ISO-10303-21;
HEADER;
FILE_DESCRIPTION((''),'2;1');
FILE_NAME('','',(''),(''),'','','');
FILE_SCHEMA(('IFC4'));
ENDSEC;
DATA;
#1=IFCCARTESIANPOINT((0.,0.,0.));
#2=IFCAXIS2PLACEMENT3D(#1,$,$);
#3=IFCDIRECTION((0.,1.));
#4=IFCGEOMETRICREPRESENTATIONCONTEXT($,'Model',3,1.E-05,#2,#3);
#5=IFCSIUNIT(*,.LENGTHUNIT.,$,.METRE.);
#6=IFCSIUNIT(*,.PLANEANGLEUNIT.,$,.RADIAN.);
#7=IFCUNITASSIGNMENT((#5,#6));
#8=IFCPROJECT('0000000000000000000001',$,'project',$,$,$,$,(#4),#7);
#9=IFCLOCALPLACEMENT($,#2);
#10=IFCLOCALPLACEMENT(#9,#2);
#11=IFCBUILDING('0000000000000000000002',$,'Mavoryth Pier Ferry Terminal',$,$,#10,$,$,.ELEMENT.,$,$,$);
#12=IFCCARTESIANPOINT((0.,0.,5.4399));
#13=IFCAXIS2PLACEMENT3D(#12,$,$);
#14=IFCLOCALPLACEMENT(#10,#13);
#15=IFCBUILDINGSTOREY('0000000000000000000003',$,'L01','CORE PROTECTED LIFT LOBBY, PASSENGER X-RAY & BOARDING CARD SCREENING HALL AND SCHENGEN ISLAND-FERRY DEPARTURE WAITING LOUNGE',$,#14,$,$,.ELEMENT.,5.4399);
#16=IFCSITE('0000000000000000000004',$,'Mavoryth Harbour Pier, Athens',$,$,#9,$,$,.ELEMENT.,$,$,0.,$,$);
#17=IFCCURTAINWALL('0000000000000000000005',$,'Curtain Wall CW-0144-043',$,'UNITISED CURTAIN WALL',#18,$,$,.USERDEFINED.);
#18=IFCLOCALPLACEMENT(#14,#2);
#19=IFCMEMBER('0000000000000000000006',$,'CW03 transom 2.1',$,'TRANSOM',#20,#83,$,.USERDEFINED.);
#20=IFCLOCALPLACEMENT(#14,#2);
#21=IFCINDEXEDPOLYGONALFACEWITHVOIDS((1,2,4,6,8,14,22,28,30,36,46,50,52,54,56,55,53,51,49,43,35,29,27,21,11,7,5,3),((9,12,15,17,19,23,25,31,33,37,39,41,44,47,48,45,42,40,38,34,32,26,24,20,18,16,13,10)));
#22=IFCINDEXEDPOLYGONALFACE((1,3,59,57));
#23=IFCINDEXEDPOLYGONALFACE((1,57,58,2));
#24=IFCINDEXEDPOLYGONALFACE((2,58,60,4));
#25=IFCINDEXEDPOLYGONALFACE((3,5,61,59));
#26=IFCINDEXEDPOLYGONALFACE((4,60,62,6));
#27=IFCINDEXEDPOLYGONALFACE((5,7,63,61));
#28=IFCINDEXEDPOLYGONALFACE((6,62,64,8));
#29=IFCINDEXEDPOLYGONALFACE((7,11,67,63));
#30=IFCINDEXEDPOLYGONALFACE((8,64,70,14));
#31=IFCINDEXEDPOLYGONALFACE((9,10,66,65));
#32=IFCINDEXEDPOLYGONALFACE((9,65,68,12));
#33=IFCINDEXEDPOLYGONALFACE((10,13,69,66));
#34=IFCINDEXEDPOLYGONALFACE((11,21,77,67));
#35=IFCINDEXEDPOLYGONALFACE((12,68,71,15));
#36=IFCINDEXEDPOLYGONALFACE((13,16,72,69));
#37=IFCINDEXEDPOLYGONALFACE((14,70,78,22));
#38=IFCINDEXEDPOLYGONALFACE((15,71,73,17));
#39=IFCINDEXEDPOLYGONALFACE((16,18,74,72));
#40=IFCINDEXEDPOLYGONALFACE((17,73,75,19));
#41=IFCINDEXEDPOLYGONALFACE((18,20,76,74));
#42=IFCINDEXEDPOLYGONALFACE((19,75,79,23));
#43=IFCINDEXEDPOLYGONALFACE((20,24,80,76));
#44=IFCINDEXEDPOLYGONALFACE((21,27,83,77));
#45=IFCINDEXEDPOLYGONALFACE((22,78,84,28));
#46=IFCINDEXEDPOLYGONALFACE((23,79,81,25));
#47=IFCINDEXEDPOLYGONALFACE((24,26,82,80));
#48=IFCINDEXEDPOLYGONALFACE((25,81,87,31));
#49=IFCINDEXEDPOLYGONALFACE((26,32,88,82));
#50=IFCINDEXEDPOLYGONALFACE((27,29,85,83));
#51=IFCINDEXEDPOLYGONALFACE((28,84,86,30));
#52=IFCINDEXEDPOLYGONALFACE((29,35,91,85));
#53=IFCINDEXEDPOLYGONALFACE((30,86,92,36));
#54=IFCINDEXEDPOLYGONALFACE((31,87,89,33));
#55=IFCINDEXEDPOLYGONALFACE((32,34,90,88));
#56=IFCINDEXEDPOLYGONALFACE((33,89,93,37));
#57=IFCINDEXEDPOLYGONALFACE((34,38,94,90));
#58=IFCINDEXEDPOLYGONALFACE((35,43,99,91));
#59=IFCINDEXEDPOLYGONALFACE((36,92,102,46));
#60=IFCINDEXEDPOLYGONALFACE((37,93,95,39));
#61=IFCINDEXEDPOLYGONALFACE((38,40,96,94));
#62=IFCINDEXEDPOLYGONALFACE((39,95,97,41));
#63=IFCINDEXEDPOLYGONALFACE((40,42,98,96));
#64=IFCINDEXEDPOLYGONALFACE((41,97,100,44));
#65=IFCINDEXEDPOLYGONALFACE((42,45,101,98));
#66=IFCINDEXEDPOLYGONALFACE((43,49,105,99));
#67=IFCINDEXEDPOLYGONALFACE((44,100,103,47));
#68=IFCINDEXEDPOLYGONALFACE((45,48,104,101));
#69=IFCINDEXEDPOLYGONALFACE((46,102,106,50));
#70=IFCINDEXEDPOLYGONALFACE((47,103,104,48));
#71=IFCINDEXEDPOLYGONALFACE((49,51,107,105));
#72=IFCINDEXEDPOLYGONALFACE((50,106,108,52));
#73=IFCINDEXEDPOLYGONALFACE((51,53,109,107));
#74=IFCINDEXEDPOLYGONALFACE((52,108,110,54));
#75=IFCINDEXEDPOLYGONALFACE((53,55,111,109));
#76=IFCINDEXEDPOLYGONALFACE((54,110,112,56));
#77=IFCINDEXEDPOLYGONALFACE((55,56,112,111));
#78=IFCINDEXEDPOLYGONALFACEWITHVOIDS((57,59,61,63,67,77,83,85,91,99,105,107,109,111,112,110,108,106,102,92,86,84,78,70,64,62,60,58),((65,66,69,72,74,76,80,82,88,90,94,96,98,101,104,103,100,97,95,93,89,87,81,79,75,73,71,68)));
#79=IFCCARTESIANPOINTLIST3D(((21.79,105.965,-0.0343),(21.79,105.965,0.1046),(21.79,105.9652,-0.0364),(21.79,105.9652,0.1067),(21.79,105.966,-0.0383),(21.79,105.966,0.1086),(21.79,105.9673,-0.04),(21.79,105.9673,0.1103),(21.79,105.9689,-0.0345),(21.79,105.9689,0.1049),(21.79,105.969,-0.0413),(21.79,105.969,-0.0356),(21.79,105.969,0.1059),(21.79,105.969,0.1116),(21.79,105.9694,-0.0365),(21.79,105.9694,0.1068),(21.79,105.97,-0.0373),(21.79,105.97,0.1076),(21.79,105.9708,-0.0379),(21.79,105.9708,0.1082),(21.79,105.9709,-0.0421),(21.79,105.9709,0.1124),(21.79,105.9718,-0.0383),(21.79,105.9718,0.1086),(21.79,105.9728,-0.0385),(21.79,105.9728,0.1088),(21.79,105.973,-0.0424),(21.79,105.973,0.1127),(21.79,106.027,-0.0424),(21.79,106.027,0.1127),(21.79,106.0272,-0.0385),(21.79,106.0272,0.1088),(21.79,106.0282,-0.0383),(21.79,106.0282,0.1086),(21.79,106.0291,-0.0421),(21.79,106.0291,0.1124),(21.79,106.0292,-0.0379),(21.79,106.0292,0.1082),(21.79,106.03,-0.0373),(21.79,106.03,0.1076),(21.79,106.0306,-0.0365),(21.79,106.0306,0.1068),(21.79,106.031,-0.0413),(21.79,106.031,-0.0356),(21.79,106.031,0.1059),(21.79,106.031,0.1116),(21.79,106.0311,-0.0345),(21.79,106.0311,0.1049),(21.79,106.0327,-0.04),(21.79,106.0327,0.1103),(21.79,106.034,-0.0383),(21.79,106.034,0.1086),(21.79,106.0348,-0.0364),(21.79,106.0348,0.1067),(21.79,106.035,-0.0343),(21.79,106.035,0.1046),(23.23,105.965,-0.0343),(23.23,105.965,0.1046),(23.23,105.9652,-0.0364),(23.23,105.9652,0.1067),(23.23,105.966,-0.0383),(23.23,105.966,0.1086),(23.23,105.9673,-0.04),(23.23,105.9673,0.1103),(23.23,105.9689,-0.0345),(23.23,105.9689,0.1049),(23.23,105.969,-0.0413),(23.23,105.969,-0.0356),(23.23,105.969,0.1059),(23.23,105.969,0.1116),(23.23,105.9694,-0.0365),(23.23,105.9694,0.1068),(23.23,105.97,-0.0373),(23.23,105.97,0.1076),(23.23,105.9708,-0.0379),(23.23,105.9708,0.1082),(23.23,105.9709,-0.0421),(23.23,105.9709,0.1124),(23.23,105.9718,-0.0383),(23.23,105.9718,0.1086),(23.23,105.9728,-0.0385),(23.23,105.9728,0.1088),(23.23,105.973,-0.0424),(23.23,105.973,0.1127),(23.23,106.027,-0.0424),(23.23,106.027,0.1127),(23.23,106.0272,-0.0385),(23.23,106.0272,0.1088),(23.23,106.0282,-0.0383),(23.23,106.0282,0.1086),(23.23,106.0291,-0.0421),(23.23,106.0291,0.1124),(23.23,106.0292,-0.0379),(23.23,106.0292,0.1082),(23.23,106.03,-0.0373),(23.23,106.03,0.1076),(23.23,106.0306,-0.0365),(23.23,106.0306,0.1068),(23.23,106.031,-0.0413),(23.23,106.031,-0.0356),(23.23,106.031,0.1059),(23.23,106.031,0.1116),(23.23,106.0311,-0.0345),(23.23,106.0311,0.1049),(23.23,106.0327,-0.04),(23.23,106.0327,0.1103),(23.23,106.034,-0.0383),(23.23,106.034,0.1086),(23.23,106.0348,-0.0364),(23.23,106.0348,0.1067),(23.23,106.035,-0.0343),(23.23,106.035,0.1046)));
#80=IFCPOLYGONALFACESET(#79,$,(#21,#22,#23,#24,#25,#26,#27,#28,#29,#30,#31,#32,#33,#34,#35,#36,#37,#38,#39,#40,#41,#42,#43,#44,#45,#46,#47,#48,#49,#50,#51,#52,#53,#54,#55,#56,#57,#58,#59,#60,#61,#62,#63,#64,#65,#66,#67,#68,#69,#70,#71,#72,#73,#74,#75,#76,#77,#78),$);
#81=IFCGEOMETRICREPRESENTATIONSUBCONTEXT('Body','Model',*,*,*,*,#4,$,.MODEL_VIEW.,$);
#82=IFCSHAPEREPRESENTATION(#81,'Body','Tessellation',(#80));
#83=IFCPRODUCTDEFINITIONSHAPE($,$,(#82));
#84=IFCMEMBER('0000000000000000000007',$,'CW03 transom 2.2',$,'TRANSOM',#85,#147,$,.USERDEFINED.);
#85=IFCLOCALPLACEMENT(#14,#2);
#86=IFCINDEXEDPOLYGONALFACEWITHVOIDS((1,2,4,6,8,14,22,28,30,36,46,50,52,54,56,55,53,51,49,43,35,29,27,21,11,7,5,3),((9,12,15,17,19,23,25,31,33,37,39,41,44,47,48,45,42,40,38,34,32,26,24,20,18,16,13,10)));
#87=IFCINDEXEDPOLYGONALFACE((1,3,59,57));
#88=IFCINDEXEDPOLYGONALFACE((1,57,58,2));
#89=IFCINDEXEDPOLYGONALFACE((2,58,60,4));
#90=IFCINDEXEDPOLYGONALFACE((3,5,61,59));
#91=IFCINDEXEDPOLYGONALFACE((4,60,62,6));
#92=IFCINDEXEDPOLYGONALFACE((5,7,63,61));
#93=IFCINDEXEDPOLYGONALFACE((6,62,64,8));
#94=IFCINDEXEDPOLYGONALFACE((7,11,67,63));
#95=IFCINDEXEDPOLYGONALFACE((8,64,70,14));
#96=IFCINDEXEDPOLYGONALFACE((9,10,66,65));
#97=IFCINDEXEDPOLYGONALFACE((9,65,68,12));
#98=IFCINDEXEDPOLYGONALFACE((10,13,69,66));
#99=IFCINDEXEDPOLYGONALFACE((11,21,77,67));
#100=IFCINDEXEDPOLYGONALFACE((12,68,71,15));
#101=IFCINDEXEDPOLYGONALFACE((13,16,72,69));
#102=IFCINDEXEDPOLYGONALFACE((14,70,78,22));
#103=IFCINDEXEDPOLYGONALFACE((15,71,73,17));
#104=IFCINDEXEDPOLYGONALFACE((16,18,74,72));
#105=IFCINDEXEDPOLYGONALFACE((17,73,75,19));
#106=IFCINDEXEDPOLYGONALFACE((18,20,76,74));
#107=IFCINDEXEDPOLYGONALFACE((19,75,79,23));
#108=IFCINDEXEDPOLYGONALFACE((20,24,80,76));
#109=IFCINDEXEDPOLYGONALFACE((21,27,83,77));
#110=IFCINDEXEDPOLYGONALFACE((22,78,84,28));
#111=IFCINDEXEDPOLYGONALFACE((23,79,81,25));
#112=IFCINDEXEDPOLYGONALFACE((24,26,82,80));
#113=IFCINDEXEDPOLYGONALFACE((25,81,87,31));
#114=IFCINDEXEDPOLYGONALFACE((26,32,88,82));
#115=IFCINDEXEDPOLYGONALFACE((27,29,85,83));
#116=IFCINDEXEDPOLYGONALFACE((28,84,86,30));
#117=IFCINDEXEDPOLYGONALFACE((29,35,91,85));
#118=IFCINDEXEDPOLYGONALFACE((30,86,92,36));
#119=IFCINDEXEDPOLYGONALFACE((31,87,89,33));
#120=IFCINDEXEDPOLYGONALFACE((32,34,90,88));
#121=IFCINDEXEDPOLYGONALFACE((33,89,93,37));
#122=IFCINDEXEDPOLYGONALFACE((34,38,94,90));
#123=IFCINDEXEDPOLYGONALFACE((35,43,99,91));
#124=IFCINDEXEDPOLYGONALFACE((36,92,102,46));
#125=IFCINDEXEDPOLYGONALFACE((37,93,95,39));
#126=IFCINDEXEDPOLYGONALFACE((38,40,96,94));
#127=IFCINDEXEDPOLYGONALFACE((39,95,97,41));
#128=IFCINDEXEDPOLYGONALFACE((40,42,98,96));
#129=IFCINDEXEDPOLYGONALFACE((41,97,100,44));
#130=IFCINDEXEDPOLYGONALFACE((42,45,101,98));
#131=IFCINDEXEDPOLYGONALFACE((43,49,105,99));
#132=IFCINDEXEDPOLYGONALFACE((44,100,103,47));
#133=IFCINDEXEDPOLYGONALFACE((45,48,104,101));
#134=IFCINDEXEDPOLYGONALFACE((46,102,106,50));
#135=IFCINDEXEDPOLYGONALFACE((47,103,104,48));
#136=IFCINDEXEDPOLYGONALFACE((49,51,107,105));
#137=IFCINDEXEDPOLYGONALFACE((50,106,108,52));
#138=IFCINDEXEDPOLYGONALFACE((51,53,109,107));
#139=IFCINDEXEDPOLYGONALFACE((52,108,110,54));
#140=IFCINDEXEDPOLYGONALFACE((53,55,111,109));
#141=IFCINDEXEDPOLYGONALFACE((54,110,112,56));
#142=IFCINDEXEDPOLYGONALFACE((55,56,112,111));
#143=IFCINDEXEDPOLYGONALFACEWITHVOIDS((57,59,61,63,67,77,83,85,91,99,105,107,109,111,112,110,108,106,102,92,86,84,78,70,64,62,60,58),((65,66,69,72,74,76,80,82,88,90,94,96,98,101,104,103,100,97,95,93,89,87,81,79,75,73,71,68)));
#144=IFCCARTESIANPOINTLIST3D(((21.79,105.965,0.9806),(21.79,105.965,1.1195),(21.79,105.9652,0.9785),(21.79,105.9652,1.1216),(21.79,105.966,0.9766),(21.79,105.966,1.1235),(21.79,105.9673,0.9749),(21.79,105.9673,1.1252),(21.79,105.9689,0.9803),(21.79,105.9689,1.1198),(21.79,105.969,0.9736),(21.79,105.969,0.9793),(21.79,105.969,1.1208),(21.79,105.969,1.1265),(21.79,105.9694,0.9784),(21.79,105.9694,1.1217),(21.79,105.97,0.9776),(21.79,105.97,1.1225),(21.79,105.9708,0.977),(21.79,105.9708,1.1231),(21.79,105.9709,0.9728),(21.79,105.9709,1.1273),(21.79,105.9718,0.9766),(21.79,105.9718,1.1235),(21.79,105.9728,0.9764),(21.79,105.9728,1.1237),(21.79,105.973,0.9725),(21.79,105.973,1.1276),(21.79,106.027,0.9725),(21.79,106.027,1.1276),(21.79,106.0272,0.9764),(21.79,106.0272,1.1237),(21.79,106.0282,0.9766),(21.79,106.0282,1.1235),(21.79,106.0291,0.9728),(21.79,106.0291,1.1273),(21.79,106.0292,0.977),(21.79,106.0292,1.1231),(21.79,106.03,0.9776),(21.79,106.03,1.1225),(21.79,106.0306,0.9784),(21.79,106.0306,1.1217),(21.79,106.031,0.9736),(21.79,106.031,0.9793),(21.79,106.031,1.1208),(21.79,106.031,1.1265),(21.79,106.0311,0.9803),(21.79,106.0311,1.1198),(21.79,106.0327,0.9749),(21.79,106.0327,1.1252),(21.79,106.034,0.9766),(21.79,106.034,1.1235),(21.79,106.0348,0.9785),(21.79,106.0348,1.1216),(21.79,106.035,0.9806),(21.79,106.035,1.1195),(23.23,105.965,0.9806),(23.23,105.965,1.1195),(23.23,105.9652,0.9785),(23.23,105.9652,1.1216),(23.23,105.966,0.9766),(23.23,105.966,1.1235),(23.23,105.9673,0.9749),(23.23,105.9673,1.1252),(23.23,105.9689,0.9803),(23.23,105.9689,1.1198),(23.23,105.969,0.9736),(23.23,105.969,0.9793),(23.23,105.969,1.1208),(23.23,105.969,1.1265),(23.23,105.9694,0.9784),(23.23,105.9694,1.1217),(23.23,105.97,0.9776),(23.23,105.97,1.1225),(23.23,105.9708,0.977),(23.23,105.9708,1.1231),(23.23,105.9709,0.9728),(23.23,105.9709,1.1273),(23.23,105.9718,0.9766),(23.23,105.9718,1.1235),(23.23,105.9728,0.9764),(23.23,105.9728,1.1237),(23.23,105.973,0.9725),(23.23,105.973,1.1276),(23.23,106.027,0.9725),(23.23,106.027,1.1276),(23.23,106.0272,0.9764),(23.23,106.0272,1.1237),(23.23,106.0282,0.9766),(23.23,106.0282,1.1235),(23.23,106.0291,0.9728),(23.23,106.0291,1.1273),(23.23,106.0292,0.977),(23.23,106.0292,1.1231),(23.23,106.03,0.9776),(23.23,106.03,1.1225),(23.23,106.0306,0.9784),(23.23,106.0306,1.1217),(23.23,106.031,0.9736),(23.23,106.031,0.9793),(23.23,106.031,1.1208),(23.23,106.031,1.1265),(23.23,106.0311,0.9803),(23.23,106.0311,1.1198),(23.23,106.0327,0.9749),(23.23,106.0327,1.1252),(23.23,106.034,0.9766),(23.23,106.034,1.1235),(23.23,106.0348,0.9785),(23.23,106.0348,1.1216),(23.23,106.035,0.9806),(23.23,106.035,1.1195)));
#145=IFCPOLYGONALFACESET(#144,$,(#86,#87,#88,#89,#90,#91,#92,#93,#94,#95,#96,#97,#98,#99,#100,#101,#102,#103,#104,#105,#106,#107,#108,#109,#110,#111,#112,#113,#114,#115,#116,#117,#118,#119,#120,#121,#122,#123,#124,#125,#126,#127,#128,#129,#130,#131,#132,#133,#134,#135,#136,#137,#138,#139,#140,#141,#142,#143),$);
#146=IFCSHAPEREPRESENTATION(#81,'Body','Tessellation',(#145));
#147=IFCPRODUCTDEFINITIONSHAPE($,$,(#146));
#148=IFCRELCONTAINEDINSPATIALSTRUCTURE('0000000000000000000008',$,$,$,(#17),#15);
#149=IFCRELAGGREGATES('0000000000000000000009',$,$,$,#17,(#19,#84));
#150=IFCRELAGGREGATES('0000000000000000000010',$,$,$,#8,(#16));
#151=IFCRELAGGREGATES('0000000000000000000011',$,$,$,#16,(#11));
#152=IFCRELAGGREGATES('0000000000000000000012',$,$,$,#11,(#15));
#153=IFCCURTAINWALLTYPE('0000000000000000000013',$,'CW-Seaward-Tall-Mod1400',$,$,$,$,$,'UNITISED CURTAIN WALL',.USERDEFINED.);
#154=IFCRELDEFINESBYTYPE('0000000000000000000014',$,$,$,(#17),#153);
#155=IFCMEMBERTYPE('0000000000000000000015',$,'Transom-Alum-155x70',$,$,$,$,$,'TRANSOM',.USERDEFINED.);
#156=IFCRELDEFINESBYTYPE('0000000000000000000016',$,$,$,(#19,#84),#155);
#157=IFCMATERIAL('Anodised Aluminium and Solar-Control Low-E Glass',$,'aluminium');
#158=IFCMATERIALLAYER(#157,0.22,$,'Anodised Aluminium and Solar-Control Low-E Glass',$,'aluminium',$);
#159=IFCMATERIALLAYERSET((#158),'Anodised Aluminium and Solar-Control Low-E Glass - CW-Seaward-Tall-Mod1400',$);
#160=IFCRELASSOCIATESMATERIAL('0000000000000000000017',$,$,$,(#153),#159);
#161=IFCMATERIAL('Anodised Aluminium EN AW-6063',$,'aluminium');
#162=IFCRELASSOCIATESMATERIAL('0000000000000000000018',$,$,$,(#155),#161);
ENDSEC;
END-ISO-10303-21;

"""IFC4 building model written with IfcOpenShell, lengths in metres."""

from ifc_helpers import new_model, si_unit, direction, frame, origin, origin_2d, place, context, subcontext, project, spatial, hollow_rectangle, extrude, material, layer, layer_set, material_profile, profile_set, type_object, element, aggregate, save


model = new_model("IFC4")

# Units and contexts
model_context = context("Model", 3, precision=1e-05, world=origin(), true_north=direction((0.0, 1.0)))
body_context = subcontext(model_context, "Body", "Model", "MODEL_VIEW")
ifc_project = project(units=[si_unit("LENGTHUNIT", "METRE"), si_unit("PLANEANGLEUNIT", "RADIAN")], contexts=[model_context])

# Site, building, storey
site_placement = place(None, origin())
site = spatial("IfcSite", under=ifc_project, at=site_placement, Name="Mavoryth Harbour Pier, Athens", CompositionType="ELEMENT", RefElevation=0.0)
building_placement = place(site_placement, origin())
building = spatial("IfcBuilding", under=site, at=building_placement, Name="Mavoryth Pier Ferry Terminal", CompositionType="ELEMENT")
storey_placement = place(building_placement, frame((0.0, 0.0, 5.4399)))
storey = spatial("IfcBuildingStorey", under=building, at=storey_placement, Name="L01", Description="CORE PROTECTED LIFT LOBBY, PASSENGER X-RAY & BOARDING CARD SCREENING HALL AND SCHENGEN ISLAND-FERRY DEPARTURE WAITING LOUNGE", CompositionType="ELEMENT", Elevation=5.4399)

# Curtain wall
ifc_material_1 = material(Name="Anodised Aluminium and Solar-Control Low-E Glass", Category="aluminium")
ifc_layer_1 = layer(ifc_material_1, 0.22, Name="Anodised Aluminium and Solar-Control Low-E Glass", Category="aluminium")
ifc_layer_set_1 = layer_set([ifc_layer_1], Name="Anodised Aluminium and Solar-Control Low-E Glass - CW-Seaward-Tall-Mod1400")
curtain_wall_type = type_object("IfcCurtainWallType", Name="CW-Seaward-Tall-Mod1400", ElementType="UNITISED CURTAIN WALL", PredefinedType="USERDEFINED", material=ifc_layer_set_1)
curtain_wall_placement = place(storey_placement, origin())
curtain_wall = element("IfcCurtainWall", 1, at=curtain_wall_placement, inside=storey, type_object=curtain_wall_type, Name="Curtain Wall CW-0144-043", ObjectType="UNITISED CURTAIN WALL", PredefinedType="USERDEFINED")
ifc_material_2 = material(Name="Anodised Aluminium EN AW-6063", Category="aluminium")

# Members
ifc_material_profile_1 = material_profile(ifc_material_2, hollow_rectangle(XDim=0.0701, YDim=0.155, WallThickness=0.0039, InnerFilletRadius=0.0039, OuterFilletRadius=0.0081, at=origin_2d()), Name="AL-TRAN 155x70x4", Category="aluminium")
ifc_profile_set_1 = profile_set([ifc_material_profile_1], Name="Anodised Aluminium EN AW-6063 - AL-TRAN 155x70x4")
member_type_1 = type_object("IfcMemberType", Name="Transom-Alum-155x70", ElementType="TRANSOM", PredefinedType="USERDEFINED", material=ifc_profile_set_1)
member_1_placement = place(storey_placement, frame((23.23, 106.0, 0.0352), z_axis=(-1.0, 0.0, 0.0), x_axis=(0.0, -1.0, 0.0)))
member_1 = element("IfcMember", 2, at=member_1_placement, type_object=member_type_1, Name="CW03 transom 2.1", ObjectType="TRANSOM", PredefinedType="USERDEFINED", context=body_context, shape_type="SweptSolid", body=[
    extrude(hollow_rectangle(XDim=0.0701, YDim=0.155, WallThickness=0.0039, InnerFilletRadius=0.0039, OuterFilletRadius=0.0081, at=origin_2d()), origin(), (0.0, 0.0, 1.0), 1.4399),
])
member_2_placement = place(storey_placement, frame((23.23, 106.0, 1.05), z_axis=(-1.0, 0.0, 0.0), x_axis=(0.0, -1.0, 0.0)))
member_2 = element("IfcMember", 3, at=member_2_placement, type_object=member_type_1, Name="CW03 transom 2.2", ObjectType="TRANSOM", PredefinedType="USERDEFINED", context=body_context, shape_type="SweptSolid", body=[
    extrude(hollow_rectangle(XDim=0.0701, YDim=0.155, WallThickness=0.0039, InnerFilletRadius=0.0039, OuterFilletRadius=0.0081, at=origin_2d()), origin(), (0.0, 0.0, 1.0), 1.4399),
])

aggregate(curtain_wall, [member_1, member_2])

save(model, "model.ifc")
